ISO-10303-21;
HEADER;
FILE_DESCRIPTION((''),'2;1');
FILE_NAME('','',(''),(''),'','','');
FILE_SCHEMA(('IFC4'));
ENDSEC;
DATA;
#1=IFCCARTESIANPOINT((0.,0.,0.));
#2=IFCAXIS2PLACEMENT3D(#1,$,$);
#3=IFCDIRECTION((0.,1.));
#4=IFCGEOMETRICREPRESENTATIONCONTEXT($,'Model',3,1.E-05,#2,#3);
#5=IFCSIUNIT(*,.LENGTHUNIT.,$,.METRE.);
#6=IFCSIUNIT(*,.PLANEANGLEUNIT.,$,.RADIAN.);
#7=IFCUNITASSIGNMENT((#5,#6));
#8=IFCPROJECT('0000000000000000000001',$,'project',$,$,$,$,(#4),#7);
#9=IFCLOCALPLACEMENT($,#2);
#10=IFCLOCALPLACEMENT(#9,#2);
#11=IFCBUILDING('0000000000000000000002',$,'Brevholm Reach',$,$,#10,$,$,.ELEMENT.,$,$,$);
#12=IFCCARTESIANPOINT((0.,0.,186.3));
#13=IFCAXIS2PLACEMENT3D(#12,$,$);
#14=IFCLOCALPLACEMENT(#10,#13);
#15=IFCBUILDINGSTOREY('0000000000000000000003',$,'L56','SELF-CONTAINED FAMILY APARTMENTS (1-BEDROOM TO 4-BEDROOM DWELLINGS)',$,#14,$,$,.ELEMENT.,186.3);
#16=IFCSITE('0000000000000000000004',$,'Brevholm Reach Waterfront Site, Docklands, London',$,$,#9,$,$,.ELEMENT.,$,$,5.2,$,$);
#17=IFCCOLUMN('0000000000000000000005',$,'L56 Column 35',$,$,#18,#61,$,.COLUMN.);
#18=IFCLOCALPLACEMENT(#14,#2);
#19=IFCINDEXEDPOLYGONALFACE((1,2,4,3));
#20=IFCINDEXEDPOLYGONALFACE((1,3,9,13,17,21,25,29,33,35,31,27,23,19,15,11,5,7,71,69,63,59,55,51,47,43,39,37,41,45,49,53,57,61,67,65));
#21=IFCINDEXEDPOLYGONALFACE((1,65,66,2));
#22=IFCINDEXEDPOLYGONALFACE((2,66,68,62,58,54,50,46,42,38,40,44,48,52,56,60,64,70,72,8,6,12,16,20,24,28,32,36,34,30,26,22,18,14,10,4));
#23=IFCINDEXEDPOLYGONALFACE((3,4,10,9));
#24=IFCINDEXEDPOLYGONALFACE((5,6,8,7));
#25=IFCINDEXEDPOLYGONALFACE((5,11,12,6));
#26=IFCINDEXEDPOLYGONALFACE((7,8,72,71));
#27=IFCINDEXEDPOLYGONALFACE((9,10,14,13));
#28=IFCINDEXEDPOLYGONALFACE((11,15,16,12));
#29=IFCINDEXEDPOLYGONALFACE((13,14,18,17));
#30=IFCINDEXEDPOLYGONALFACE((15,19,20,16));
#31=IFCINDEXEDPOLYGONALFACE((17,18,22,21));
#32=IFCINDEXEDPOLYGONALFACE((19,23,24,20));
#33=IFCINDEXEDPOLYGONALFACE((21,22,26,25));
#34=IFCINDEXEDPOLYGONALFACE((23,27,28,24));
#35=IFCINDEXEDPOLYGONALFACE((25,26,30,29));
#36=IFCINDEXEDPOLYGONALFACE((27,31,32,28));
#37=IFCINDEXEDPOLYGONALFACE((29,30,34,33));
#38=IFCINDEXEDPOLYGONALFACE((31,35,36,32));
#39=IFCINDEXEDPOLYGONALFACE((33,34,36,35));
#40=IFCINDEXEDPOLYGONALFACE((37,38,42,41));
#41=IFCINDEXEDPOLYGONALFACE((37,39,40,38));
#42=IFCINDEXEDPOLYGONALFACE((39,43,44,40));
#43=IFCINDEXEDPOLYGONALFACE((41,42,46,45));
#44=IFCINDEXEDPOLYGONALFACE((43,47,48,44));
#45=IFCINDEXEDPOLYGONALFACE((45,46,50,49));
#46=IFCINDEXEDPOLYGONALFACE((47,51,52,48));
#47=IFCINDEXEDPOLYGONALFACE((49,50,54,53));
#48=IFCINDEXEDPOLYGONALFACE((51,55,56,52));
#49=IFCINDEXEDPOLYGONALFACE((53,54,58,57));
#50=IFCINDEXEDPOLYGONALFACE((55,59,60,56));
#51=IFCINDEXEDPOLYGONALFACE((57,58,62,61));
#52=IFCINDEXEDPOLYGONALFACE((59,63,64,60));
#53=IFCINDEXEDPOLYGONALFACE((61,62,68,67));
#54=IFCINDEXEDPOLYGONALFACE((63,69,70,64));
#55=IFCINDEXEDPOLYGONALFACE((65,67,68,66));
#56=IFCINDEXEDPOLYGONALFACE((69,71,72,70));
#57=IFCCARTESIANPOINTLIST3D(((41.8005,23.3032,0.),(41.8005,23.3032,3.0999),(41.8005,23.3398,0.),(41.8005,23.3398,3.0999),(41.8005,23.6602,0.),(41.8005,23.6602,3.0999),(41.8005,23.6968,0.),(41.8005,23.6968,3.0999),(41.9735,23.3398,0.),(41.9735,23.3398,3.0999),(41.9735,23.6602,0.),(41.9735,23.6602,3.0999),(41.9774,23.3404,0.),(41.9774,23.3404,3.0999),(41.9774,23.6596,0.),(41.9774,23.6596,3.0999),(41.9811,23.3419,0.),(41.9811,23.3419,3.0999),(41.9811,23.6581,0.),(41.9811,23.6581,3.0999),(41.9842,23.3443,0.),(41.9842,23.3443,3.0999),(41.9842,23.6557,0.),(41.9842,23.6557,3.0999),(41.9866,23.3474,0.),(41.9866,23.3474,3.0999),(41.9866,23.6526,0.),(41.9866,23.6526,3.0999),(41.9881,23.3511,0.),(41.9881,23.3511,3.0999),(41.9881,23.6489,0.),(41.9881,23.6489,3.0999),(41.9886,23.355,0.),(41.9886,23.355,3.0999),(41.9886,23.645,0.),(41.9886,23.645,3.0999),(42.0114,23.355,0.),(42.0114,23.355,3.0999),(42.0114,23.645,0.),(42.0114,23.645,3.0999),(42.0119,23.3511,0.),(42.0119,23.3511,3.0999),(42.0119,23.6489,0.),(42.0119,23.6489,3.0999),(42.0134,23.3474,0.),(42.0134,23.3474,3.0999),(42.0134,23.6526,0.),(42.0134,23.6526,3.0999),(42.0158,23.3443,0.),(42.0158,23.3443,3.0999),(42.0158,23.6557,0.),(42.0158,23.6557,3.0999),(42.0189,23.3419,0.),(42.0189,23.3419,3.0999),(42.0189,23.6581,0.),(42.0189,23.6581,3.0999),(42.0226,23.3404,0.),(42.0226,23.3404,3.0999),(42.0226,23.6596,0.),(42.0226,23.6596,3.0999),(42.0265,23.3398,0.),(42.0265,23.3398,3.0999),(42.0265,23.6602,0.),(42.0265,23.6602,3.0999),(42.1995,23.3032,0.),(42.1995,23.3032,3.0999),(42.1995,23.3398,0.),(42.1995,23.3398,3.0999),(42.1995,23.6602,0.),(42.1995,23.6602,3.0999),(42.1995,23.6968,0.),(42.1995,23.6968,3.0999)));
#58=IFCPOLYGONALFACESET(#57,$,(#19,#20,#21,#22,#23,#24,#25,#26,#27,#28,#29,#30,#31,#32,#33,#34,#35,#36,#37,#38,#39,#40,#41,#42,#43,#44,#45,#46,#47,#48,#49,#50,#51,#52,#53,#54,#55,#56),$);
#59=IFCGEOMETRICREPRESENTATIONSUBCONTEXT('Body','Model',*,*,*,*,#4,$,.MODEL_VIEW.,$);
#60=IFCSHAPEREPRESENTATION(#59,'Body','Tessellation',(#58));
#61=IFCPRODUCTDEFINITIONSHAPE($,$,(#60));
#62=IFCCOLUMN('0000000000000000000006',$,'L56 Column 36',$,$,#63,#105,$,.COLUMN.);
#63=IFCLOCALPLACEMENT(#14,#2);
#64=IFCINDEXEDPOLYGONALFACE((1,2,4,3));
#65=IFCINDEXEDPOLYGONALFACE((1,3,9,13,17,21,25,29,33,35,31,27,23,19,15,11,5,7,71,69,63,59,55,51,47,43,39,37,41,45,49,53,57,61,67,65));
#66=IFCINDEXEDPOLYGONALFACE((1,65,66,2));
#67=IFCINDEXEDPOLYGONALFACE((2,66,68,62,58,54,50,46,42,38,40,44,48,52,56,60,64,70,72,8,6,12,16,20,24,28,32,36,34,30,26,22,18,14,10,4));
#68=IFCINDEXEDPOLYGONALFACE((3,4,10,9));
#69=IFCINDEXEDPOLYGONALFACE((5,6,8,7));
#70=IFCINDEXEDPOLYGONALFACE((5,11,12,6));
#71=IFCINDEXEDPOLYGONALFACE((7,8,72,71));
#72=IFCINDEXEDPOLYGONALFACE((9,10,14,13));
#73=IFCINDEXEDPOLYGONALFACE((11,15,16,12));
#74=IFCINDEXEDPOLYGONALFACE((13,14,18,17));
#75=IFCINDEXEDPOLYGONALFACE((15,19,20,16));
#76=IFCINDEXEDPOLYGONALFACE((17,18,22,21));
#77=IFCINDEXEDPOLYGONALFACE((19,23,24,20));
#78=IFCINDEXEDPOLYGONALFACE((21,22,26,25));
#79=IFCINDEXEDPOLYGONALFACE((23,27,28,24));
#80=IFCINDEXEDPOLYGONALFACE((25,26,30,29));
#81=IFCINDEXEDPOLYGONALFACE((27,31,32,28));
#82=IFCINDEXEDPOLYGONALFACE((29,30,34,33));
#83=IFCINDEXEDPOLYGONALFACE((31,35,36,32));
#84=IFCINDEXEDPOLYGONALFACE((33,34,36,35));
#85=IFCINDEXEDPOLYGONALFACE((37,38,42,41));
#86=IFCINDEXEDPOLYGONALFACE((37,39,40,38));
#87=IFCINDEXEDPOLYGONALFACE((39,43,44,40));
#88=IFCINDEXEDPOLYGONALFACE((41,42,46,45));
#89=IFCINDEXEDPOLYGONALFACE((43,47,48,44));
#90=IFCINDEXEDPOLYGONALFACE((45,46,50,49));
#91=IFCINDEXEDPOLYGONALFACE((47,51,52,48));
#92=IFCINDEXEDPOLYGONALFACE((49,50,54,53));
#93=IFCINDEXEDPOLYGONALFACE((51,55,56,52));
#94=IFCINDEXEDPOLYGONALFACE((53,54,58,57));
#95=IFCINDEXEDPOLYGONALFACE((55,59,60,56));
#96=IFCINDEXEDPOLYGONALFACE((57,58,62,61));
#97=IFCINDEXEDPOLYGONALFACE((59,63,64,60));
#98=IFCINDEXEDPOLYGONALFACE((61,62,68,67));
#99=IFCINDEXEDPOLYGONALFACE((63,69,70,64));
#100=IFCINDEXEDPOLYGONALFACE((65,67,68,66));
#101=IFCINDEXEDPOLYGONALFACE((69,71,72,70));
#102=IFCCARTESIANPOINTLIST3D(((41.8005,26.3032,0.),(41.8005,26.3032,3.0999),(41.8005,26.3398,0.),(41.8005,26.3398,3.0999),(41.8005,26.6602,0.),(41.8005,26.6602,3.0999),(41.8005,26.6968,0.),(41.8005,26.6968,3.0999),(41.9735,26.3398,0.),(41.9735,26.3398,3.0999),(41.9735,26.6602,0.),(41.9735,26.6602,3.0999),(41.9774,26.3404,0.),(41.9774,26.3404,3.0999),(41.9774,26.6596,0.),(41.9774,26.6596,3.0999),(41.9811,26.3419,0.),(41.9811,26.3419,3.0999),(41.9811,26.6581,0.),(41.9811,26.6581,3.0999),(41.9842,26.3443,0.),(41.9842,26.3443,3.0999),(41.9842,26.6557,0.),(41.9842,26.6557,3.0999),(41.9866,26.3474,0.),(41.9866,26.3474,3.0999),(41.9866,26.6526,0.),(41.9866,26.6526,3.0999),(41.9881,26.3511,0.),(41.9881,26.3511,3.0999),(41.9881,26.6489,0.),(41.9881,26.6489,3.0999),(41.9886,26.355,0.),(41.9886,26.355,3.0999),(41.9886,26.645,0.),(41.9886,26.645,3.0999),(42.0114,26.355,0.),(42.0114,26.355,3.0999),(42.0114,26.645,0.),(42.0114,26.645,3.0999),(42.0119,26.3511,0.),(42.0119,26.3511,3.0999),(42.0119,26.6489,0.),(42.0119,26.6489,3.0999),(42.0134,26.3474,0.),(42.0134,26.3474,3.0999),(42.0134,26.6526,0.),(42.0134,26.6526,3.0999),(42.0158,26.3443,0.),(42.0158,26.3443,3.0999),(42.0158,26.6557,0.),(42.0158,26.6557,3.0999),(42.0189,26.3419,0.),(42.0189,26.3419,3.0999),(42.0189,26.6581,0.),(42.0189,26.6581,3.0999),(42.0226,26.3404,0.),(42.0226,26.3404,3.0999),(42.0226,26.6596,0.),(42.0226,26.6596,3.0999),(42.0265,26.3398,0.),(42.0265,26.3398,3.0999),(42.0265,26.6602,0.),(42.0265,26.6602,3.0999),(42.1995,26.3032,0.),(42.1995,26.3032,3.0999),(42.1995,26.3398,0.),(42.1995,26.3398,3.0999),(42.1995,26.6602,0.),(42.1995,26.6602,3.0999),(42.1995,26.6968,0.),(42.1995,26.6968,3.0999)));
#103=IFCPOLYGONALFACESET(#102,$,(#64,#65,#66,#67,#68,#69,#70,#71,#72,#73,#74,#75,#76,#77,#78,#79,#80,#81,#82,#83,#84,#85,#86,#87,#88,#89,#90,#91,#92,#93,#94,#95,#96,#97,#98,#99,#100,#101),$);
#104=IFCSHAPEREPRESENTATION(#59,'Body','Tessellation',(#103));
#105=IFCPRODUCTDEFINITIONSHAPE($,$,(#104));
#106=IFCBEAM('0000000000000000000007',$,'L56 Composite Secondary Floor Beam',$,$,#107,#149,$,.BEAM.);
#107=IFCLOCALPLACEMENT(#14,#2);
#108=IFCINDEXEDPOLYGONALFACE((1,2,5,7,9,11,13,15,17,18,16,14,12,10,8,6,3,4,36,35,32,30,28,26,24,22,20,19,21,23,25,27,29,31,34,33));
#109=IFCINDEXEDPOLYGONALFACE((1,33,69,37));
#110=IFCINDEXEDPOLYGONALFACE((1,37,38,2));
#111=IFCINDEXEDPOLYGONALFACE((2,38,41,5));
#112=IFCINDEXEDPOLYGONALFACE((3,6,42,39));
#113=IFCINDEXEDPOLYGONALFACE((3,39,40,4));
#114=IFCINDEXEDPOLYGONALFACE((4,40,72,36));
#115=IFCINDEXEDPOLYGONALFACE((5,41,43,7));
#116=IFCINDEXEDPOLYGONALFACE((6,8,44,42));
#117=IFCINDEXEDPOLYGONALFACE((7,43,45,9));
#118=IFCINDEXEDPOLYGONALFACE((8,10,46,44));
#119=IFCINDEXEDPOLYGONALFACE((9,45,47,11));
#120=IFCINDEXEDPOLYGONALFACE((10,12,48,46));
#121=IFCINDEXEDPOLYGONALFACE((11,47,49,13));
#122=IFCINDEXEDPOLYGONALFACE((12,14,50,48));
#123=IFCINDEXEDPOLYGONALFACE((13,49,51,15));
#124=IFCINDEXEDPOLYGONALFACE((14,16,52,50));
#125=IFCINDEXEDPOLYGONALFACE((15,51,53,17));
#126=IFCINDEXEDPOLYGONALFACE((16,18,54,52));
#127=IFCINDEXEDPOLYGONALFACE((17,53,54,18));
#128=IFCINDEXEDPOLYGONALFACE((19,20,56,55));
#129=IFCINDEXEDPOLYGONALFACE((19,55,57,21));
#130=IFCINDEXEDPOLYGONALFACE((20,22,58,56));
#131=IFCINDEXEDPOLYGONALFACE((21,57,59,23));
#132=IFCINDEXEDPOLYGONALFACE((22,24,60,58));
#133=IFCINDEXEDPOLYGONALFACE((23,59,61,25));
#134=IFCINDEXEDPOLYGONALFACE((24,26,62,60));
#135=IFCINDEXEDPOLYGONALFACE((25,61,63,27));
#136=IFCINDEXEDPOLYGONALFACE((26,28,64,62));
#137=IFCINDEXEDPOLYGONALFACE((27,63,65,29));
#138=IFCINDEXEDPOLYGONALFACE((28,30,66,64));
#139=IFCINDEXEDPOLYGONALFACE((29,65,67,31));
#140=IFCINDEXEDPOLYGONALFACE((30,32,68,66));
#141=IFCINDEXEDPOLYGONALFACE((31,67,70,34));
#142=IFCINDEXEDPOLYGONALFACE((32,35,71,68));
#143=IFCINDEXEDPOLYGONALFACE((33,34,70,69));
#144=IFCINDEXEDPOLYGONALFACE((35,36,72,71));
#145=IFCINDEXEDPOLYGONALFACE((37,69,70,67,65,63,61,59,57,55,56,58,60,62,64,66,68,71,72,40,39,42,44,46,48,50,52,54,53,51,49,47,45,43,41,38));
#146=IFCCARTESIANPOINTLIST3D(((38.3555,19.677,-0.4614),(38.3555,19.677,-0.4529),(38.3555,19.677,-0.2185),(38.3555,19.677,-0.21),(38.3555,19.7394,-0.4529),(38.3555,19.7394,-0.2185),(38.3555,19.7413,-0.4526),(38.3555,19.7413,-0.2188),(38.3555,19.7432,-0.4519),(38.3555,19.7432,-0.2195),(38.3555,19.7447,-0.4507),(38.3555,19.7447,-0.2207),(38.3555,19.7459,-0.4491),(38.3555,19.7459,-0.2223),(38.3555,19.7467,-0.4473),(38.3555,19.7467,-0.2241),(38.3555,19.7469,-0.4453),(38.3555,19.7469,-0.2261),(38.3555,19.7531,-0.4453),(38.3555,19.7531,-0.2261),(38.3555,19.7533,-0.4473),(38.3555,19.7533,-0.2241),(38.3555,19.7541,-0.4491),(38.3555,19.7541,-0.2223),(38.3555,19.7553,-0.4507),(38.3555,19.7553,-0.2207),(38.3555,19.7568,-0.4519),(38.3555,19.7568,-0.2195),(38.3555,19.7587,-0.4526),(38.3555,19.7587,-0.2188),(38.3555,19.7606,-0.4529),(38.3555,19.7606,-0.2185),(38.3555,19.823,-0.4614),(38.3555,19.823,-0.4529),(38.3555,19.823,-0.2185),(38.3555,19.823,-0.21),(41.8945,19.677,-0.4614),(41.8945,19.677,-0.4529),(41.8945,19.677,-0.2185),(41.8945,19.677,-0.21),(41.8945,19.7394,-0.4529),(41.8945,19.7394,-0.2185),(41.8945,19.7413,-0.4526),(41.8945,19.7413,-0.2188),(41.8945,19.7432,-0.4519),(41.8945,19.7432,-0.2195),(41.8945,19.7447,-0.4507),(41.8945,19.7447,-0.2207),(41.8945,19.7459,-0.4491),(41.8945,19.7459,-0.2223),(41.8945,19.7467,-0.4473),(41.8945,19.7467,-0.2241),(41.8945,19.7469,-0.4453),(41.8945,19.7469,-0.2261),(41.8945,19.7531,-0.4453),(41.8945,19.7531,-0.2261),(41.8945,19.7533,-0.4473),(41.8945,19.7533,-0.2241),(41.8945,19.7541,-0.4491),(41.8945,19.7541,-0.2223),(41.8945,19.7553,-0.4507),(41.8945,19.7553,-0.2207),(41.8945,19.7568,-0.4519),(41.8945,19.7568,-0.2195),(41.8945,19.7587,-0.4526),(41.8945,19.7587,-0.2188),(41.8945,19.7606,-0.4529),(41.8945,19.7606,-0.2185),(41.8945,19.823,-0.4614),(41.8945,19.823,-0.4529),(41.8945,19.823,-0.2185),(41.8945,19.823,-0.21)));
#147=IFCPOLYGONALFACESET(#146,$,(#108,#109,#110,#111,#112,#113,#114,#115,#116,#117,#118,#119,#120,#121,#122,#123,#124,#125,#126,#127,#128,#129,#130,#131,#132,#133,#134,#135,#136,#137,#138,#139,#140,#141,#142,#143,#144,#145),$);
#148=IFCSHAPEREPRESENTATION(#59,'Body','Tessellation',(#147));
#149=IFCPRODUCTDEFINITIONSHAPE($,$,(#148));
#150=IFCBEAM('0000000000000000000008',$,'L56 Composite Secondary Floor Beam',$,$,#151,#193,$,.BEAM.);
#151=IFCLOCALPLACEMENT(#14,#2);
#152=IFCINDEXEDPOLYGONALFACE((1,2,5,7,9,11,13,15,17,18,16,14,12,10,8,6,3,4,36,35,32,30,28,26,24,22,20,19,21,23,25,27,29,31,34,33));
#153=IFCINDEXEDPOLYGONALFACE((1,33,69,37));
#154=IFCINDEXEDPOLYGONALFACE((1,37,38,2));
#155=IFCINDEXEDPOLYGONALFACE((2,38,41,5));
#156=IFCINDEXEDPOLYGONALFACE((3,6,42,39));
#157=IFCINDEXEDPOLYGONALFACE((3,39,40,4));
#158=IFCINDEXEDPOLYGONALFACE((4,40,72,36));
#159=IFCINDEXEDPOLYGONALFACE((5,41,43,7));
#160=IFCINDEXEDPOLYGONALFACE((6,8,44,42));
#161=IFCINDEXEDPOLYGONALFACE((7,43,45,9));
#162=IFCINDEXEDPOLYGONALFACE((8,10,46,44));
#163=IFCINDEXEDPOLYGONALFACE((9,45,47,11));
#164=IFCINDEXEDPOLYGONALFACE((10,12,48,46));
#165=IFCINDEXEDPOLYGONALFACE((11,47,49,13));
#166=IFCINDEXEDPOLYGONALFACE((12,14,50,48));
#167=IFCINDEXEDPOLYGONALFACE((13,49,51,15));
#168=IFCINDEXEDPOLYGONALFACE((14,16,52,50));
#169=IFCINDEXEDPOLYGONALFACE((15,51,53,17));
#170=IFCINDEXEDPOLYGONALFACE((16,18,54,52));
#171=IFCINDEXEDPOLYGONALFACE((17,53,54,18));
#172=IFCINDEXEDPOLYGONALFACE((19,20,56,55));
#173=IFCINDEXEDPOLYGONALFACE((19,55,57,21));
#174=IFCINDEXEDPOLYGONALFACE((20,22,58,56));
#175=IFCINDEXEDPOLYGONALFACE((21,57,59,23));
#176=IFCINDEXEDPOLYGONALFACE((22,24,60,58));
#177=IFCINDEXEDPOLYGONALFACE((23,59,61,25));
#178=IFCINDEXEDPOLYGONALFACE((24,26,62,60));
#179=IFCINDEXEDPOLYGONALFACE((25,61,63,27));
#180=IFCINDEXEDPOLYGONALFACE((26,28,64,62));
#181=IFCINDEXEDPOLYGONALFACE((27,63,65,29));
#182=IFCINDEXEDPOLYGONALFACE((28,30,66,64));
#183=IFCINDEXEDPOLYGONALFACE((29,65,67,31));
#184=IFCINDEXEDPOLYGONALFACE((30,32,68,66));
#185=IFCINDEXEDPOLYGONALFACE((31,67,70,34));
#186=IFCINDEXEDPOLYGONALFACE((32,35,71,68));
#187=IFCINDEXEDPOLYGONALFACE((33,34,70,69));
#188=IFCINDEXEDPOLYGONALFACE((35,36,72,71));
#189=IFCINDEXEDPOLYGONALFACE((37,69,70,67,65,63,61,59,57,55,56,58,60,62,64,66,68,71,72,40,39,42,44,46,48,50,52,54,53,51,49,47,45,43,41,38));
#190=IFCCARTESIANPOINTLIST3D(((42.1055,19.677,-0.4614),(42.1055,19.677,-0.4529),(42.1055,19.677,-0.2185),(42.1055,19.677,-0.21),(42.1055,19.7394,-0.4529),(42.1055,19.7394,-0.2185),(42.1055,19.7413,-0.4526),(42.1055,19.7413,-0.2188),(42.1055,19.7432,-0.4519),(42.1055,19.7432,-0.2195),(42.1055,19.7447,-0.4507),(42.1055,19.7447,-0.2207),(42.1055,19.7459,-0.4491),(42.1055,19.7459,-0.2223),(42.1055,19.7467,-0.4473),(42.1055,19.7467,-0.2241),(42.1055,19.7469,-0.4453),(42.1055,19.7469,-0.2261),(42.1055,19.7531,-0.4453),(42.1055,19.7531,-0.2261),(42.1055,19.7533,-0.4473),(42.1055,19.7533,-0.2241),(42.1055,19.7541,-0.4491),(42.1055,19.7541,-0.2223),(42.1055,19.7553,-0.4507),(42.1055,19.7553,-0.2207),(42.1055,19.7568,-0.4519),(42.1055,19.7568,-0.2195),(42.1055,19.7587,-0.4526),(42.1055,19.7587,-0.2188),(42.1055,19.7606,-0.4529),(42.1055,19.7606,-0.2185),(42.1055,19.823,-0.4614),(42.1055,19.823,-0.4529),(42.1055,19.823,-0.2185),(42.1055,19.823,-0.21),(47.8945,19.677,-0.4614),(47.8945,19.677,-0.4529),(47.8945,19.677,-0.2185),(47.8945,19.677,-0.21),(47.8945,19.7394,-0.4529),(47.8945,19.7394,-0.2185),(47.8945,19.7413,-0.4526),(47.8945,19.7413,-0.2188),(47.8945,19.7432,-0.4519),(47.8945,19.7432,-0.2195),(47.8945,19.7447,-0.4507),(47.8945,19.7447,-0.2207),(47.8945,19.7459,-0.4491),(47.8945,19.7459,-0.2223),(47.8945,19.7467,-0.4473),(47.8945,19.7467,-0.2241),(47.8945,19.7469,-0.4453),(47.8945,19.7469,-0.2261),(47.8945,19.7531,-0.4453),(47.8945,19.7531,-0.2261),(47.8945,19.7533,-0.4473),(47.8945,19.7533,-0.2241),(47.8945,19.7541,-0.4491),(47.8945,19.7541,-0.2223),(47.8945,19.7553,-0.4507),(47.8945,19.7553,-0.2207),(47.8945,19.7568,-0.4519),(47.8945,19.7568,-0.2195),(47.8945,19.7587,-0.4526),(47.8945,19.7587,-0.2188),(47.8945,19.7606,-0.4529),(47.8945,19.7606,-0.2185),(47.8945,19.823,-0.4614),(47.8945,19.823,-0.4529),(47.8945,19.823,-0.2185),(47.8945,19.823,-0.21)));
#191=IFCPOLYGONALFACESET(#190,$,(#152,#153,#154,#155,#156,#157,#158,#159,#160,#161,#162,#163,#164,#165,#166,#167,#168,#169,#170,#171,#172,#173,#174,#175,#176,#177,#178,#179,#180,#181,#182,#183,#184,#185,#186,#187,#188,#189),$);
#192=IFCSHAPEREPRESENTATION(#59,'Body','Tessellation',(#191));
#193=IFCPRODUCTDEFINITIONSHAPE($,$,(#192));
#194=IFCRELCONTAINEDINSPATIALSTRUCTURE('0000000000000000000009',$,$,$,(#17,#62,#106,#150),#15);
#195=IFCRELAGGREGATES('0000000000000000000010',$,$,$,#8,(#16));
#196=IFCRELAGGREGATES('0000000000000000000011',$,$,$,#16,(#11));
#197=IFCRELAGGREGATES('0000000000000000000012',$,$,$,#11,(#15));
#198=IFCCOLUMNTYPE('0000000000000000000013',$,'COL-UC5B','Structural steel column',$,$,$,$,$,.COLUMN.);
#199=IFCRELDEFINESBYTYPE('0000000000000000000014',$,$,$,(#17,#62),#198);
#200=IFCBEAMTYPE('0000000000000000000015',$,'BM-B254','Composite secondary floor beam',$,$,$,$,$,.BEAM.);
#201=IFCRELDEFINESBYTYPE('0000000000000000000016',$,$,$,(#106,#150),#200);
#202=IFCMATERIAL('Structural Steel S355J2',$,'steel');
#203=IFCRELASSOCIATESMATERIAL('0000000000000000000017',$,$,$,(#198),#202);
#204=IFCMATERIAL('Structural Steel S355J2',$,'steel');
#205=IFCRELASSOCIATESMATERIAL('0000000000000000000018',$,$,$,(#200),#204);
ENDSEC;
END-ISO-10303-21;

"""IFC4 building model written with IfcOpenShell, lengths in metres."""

from ifc_helpers import new_model, si_unit, direction, frame, origin, origin_2d, place, context, subcontext, project, spatial, i_section, extrude, material, material_profile, profile_set, type_object, element, save


model = new_model("IFC4")

# Units and contexts
model_context = context("Model", 3, precision=1e-05, world=origin(), true_north=direction((0.0, 1.0)))
body_context = subcontext(model_context, "Body", "Model", "MODEL_VIEW")
ifc_project = project(units=[si_unit("LENGTHUNIT", "METRE"), si_unit("PLANEANGLEUNIT", "RADIAN")], contexts=[model_context])

# Site, building, storey
site_placement = place(None, origin())
site = spatial("IfcSite", under=ifc_project, at=site_placement, Name="Brevholm Reach Waterfront Site, Docklands, London", CompositionType="ELEMENT", RefElevation=5.2)
building_placement = place(site_placement, origin())
building = spatial("IfcBuilding", under=site, at=building_placement, Name="Brevholm Reach", CompositionType="ELEMENT")
storey_placement = place(building_placement, frame((0.0, 0.0, 186.3)))
storey = spatial("IfcBuildingStorey", under=building, at=storey_placement, Name="L56", Description="SELF-CONTAINED FAMILY APARTMENTS (1-BEDROOM TO 4-BEDROOM DWELLINGS)", CompositionType="ELEMENT", Elevation=186.3)

# Columns
ifc_material_1 = material(Name="Structural Steel S355J2", Category="steel")
ifc_material_profile_1 = material_profile(ifc_material_1, i_section(OverallWidth=0.3989, OverallDepth=0.3936, WebThickness=0.0227, FlangeThickness=0.0366, FilletRadius=0.0151, at=origin_2d()), Name="UKC 356x406x287")
ifc_profile_set_1 = profile_set([ifc_material_profile_1], Name="Structural Steel S355J2")
column_type = type_object("IfcColumnType", Name="COL-UC5B", Description="Structural steel column", PredefinedType="COLUMN", material=ifc_profile_set_1)
for number, where, z_axis, x_axis, name in (
    (1, (42.0, 23.5, 0.0), (0.0, 0.0, 1.0), (1.0, 0.0, 0.0), "L56 Column 35"),
    (2, (42.0, 26.5, 0.0), (0.0, 0.0, 1.0), (1.0, 0.0, 0.0), "L56 Column 36"),
):
    element("IfcColumn", number, at=place(storey_placement, frame(where, z_axis=z_axis, x_axis=x_axis)), inside=storey, type_object=column_type, Name=name, PredefinedType="COLUMN", context=body_context, shape_type="SweptSolid", body=[
        extrude(i_section(OverallWidth=0.3989, OverallDepth=0.3936, WebThickness=0.0227, FlangeThickness=0.0366, FilletRadius=0.0151, at=origin_2d()), origin(), (0.0, 0.0, 1.0), 3.0999),
    ])

# Beams
ifc_material_2 = material(Name="Structural Steel S355J2", Category="steel")
ifc_material_profile_2 = material_profile(ifc_material_2, i_section(OverallWidth=0.146, OverallDepth=0.2515, WebThickness=0.0061, FlangeThickness=0.0085, FilletRadius=0.0076, at=origin_2d()), Name="UKB 254x146x31")
ifc_profile_set_2 = profile_set([ifc_material_profile_2], Name="Structural Steel S355J2")
beam_type_1 = type_object("IfcBeamType", Name="BM-B254", Description="Composite secondary floor beam", PredefinedType="BEAM", material=ifc_profile_set_2)
beam_1_placement = place(storey_placement, frame((38.3555, 19.75, -0.3357), z_axis=(1.0, 0.0, 0.0), x_axis=(0.0, 1.0, 0.0)))
element("IfcBeam", 3, at=beam_1_placement, inside=storey, type_object=beam_type_1, Name="L56 Composite Secondary Floor Beam", PredefinedType="BEAM", context=body_context, shape_type="SweptSolid", body=[
    extrude(i_section(OverallWidth=0.146, OverallDepth=0.2515, WebThickness=0.0061, FlangeThickness=0.0085, FilletRadius=0.0076, at=origin_2d()), origin(), (0.0, 0.0, 1.0), 3.5391),
])
beam_2_placement = place(storey_placement, frame((42.1055, 19.75, -0.3357), z_axis=(1.0, 0.0, 0.0), x_axis=(0.0, 1.0, 0.0)))
element("IfcBeam", 4, at=beam_2_placement, inside=storey, type_object=beam_type_1, Name="L56 Composite Secondary Floor Beam", PredefinedType="BEAM", context=body_context, shape_type="SweptSolid", body=[
    extrude(i_section(OverallWidth=0.146, OverallDepth=0.2515, WebThickness=0.0061, FlangeThickness=0.0085, FilletRadius=0.0076, at=origin_2d()), origin(), (0.0, 0.0, 1.0), 5.7891),
])

save(model, "model.ifc")
